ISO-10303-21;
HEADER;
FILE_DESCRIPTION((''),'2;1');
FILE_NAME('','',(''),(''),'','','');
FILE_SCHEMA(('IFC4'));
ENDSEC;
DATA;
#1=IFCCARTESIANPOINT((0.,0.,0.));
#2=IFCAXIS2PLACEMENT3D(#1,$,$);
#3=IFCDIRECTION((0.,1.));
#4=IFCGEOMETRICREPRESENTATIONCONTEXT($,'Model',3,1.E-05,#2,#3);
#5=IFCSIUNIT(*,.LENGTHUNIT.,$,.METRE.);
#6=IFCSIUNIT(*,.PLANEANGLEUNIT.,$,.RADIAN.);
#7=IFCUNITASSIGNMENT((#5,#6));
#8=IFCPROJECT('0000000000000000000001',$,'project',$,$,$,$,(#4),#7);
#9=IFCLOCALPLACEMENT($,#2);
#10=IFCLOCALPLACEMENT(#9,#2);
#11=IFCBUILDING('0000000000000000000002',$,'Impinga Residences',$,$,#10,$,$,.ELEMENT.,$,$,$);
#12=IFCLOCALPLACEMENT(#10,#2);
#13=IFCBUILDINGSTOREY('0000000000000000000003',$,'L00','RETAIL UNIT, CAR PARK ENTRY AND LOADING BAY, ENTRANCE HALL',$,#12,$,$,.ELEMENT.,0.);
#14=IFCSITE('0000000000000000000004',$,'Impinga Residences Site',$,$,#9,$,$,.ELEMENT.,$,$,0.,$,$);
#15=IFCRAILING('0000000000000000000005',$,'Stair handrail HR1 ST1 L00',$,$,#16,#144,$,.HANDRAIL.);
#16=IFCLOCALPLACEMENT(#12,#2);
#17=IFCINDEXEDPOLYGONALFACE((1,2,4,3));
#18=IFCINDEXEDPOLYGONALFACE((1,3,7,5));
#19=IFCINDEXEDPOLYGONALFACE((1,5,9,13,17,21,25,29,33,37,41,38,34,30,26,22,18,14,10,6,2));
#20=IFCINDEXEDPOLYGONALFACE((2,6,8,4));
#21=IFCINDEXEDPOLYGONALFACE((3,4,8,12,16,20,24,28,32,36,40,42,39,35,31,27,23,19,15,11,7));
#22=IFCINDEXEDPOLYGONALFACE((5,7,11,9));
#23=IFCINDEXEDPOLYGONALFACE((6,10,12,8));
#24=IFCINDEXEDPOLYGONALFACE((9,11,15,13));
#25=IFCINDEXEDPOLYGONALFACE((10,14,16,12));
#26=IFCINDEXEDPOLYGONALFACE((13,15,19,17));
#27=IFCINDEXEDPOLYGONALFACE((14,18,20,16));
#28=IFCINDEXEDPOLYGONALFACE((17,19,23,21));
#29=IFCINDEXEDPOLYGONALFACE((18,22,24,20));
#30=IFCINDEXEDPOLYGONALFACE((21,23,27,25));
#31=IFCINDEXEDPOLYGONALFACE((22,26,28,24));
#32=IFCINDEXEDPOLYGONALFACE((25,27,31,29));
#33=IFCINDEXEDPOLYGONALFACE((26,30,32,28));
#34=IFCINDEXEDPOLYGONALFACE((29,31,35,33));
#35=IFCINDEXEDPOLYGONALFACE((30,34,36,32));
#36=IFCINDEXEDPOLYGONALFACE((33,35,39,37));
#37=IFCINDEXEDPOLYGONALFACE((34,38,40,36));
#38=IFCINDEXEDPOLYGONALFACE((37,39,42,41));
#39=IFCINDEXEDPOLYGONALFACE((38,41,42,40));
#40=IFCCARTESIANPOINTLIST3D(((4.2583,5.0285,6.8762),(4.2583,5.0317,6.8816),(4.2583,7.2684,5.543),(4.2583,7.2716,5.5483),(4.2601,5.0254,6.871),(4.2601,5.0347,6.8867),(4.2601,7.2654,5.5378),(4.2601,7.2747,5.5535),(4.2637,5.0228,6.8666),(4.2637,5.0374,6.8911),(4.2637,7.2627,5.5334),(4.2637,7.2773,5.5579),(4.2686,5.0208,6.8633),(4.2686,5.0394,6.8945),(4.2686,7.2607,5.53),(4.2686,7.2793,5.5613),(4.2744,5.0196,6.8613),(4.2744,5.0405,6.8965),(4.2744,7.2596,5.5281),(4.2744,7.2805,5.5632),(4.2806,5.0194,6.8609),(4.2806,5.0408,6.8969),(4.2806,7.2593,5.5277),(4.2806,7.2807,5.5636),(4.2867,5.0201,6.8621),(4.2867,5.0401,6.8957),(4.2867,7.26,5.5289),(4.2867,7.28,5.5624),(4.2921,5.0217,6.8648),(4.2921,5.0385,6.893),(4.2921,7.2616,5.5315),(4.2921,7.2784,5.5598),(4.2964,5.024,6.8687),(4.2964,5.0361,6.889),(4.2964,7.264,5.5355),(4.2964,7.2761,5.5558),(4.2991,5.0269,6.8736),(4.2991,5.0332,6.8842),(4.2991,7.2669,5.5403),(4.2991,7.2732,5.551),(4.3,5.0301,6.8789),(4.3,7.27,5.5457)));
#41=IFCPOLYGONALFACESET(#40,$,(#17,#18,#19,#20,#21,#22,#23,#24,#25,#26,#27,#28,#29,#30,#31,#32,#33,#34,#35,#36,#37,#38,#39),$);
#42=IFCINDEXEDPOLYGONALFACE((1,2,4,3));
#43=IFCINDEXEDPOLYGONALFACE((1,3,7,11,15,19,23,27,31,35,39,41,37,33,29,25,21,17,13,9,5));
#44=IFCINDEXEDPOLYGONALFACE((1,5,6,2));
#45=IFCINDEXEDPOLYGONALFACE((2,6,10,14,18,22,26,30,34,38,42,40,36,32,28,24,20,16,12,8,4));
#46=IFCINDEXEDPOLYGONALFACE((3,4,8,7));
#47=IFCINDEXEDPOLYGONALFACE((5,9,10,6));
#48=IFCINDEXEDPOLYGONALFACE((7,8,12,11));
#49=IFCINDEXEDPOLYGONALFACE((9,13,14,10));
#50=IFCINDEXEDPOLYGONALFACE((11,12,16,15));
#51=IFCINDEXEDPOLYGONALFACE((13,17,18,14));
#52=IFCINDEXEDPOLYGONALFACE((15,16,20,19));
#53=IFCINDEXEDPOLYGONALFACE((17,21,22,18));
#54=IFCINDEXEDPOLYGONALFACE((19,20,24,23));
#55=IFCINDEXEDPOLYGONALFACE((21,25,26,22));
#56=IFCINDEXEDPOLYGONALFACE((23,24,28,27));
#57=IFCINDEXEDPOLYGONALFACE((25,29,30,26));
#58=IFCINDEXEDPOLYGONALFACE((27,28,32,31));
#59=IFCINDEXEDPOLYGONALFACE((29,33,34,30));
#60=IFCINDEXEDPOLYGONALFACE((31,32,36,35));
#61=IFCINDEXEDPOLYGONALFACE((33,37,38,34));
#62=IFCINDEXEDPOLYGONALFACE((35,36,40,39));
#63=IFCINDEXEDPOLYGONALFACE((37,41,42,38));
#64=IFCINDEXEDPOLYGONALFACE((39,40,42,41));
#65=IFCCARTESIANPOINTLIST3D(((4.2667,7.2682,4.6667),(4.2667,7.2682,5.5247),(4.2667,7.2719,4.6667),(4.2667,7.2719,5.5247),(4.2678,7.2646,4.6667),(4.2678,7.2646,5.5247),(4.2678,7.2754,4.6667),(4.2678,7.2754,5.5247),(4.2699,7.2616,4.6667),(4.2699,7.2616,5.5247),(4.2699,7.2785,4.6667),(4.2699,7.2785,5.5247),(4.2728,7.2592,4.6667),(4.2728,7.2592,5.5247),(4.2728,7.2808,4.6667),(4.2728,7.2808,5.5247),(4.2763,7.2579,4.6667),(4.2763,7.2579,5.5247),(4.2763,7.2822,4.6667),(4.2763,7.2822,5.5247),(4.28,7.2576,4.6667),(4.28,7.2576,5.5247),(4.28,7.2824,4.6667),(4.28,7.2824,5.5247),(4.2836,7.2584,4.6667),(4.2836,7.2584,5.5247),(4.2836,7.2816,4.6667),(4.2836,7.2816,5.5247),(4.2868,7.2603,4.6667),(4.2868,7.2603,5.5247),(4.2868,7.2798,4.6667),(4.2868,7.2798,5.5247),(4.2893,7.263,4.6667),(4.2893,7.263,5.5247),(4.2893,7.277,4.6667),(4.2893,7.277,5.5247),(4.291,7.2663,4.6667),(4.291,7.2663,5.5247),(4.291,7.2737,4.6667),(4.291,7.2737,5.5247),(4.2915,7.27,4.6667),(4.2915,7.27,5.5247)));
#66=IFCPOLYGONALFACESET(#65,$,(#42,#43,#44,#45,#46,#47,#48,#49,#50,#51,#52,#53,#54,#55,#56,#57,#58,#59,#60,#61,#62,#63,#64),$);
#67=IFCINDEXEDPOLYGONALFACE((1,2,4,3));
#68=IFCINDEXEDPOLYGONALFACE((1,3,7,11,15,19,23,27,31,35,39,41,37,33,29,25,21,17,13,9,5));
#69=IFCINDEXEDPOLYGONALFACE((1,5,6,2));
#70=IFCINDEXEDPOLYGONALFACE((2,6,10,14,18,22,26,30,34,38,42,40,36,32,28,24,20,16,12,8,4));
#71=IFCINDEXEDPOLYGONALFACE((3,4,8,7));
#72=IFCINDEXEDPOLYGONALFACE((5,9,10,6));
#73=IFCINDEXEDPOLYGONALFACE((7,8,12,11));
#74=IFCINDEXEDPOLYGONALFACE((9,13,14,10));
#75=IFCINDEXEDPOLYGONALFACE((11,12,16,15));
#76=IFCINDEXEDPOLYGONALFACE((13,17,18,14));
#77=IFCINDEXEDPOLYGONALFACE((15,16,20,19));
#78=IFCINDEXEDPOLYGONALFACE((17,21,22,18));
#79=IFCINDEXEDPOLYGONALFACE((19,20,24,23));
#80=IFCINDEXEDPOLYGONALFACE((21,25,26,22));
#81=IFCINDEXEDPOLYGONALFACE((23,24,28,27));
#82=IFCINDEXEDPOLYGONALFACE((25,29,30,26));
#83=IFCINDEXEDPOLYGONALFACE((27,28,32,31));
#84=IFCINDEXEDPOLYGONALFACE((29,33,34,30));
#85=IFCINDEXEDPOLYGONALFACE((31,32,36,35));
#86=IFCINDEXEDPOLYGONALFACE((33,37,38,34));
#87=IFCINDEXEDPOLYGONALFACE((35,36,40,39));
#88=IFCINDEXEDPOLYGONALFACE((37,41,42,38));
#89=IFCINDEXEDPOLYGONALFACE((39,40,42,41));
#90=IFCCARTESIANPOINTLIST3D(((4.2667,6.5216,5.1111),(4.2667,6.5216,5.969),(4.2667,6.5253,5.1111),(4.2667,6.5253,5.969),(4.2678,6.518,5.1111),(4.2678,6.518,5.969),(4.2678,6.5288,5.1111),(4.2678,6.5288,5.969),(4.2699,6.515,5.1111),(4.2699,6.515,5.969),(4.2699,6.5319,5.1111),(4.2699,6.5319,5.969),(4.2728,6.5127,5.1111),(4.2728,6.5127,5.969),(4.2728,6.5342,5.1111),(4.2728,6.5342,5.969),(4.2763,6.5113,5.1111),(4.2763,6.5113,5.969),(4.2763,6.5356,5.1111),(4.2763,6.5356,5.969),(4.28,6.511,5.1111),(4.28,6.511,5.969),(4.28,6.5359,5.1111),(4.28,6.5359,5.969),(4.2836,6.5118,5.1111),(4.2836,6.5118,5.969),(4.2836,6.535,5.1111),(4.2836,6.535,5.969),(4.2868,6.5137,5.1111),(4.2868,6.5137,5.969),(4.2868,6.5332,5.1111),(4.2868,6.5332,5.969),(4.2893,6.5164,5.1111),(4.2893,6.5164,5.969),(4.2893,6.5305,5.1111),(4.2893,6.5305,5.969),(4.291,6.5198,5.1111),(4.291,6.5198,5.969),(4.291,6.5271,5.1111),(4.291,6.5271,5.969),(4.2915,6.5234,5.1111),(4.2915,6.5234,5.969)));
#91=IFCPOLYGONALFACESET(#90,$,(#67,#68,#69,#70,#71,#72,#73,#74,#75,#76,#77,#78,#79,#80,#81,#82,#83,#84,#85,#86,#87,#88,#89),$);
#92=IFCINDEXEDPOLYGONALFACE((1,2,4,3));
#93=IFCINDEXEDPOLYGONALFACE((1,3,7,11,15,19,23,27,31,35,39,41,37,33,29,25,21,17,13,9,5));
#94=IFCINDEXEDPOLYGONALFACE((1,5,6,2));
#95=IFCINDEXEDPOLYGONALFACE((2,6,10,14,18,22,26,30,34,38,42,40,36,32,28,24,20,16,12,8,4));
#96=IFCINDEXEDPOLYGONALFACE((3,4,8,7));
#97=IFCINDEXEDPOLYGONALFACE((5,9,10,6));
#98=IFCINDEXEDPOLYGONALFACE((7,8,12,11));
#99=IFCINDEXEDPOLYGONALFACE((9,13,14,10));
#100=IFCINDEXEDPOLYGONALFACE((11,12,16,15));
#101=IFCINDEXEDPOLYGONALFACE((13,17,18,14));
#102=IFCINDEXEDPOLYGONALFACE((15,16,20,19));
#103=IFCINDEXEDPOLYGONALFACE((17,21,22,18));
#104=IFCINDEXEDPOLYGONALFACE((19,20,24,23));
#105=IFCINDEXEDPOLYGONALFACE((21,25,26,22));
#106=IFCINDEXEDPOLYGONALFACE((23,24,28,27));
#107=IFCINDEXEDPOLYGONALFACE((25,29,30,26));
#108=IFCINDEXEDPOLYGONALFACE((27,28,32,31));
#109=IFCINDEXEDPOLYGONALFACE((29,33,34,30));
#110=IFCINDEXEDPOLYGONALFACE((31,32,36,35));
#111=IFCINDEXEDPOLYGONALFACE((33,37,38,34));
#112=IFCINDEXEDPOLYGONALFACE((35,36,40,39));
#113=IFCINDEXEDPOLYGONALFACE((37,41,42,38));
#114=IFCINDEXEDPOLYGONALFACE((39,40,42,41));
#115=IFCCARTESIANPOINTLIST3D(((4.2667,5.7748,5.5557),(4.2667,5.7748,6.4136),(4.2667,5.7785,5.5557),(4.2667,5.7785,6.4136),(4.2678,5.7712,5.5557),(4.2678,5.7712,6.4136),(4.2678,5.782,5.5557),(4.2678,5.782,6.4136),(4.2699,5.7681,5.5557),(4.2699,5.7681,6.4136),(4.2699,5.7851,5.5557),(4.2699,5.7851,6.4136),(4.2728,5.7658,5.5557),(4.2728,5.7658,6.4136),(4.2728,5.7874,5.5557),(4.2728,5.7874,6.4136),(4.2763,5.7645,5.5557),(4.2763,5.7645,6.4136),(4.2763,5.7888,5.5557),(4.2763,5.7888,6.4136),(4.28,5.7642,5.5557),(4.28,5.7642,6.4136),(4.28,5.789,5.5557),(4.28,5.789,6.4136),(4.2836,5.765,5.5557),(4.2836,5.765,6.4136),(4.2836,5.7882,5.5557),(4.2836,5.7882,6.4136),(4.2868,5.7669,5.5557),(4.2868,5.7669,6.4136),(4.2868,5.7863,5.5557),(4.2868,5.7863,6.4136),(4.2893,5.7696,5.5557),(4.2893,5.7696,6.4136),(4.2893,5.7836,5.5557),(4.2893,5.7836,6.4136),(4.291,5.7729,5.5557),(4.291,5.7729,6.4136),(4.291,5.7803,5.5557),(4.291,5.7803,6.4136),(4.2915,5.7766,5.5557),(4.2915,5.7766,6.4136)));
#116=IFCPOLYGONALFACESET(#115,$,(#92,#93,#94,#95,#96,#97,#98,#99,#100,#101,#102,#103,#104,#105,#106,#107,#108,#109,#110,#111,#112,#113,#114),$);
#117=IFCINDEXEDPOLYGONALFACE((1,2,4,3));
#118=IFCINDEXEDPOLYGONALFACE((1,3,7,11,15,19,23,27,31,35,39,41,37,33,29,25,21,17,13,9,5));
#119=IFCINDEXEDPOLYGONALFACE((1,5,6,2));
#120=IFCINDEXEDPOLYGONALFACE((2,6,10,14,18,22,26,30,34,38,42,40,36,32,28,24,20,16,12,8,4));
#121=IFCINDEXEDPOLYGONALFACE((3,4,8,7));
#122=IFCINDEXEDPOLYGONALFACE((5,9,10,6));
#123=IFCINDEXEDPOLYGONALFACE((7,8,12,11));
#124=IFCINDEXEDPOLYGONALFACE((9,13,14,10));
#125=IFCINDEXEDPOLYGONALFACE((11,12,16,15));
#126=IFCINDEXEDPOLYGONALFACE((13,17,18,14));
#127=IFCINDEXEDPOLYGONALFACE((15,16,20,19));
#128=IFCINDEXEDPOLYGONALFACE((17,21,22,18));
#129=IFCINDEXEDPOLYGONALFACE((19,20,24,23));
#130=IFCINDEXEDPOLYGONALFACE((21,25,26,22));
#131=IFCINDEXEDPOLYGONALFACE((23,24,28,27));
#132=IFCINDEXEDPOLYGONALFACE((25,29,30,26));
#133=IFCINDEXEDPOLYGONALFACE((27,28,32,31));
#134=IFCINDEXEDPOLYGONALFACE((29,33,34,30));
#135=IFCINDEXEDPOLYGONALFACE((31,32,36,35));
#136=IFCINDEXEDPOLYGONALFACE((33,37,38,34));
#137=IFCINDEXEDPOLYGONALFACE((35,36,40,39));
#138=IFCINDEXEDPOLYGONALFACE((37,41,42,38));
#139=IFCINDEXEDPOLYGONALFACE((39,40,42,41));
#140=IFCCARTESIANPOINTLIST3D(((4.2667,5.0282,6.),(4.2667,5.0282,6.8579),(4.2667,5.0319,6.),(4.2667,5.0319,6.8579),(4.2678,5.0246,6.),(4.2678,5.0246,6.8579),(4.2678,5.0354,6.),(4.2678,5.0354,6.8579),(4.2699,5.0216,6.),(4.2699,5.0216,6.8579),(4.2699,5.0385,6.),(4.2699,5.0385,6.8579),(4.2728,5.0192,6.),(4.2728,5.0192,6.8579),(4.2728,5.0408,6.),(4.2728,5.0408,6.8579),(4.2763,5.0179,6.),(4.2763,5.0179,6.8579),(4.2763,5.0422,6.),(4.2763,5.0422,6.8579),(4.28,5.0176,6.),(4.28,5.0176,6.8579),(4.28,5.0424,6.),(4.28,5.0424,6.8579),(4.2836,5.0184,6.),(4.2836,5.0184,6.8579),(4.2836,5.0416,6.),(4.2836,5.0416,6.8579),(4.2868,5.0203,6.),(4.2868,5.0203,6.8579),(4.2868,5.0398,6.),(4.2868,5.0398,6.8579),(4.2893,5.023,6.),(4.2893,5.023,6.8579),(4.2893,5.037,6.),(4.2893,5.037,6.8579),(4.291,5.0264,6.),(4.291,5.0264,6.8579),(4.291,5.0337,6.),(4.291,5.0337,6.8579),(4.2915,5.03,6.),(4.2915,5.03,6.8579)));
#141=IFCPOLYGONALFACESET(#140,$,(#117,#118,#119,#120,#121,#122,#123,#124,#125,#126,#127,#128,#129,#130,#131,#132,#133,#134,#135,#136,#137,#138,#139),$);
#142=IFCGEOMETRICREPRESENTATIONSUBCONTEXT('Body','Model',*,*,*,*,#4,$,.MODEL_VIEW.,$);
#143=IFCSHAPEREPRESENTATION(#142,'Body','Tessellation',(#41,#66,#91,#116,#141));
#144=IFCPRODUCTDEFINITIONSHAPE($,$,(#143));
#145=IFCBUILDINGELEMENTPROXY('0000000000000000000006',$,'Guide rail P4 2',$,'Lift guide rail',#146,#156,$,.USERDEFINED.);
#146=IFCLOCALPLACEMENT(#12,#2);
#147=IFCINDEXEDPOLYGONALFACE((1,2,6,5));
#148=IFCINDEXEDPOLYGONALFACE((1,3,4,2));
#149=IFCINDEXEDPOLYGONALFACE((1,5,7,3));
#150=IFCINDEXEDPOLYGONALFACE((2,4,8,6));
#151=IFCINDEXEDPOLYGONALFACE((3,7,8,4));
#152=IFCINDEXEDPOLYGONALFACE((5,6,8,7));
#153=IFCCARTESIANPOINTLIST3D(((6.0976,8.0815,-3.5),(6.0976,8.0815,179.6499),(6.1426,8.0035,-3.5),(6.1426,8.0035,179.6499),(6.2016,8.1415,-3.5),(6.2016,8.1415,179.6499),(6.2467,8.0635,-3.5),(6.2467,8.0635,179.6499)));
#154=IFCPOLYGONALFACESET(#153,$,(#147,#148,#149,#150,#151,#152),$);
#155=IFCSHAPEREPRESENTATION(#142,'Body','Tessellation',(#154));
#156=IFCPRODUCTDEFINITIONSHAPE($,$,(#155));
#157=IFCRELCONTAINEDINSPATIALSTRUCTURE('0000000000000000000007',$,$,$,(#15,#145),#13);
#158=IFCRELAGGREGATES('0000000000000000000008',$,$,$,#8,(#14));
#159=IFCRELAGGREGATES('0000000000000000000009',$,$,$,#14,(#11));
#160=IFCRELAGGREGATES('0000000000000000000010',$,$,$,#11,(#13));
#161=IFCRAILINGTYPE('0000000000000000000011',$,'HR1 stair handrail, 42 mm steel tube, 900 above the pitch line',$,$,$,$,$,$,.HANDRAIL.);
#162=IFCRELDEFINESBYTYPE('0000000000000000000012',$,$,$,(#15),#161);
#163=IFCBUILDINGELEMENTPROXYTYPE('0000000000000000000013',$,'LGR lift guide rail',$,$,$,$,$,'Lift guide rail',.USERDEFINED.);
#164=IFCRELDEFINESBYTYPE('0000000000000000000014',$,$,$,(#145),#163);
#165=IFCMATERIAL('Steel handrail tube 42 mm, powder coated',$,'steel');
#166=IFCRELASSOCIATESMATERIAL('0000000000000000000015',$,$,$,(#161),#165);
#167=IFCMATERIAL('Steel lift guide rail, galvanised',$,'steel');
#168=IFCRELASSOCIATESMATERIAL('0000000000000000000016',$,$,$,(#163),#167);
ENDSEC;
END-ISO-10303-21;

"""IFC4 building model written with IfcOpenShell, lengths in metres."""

from ifc_helpers import new_model, si_unit, direction, frame, origin, origin_2d, place, context, subcontext, project, spatial, rectangle, circle, extrude, material, type_object, element, save


model = new_model("IFC4")

# Units and contexts
model_context = context("Model", 3, precision=1e-05, world=origin(), true_north=direction((0.0, 1.0)))
body_context = subcontext(model_context, "Body", "Model", "MODEL_VIEW")
ifc_project = project(units=[si_unit("LENGTHUNIT", "METRE"), si_unit("PLANEANGLEUNIT", "RADIAN")], contexts=[model_context])

# Site, building, storey
site_placement = place(None, origin())
site = spatial("IfcSite", under=ifc_project, at=site_placement, Name="Impinga Residences Site", CompositionType="ELEMENT", RefElevation=0.0)
building_placement = place(site_placement, origin())
building = spatial("IfcBuilding", under=site, at=building_placement, Name="Impinga Residences", CompositionType="ELEMENT")
storey_placement = place(building_placement, origin())
storey = spatial("IfcBuildingStorey", under=building, at=storey_placement, Name="L00", Description="RETAIL UNIT, CAR PARK ENTRY AND LOADING BAY, ENTRANCE HALL", CompositionType="ELEMENT", Elevation=0.0)

# Railing
ifc_material_1 = material(Name="Steel handrail tube 42 mm, powder coated", Category="steel")
railing_type_1 = type_object("IfcRailingType", Name="HR1 stair handrail, 42 mm steel tube, 900 above the pitch line", PredefinedType="HANDRAIL", material=ifc_material_1)
for number, where, name in (
    (1, (4.2791, 7.27, 4.6667), "Stair handrail HR1 ST1 L00"),
):
    element("IfcRailing", number, at=place(storey_placement, frame(where)), inside=storey, type_object=railing_type_1, Name=name, PredefinedType="HANDRAIL", context=body_context, shape_type="SweptSolid", body=[
        extrude(circle(Radius=0.021, at=origin_2d()), frame((0.0, 0.0, 0.8789), z_axis=(0.0, -0.859306, 0.511462), x_axis=(1.0, 0.0, 0.0)), (0.0, 0.0, 1.0), 2.6067),
        extrude(circle(Radius=0.0125, at=origin_2d()), origin(), (0.0, 0.0, 1.0), 0.8579),
        extrude(circle(Radius=0.0125, at=origin_2d()), frame((0.0, -0.7466, 0.4443)), (0.0, 0.0, 1.0), 0.8579),
        extrude(circle(Radius=0.0125, at=origin_2d()), frame((0.0, -1.4934, 0.8889)), (0.0, 0.0, 1.0), 0.8579),
        extrude(circle(Radius=0.0125, at=origin_2d()), frame((0.0, -2.24, 1.3333)), (0.0, 0.0, 1.0), 0.8579),
    ])

# Building element proxy
ifc_material_2 = material(Name="Steel lift guide rail, galvanised", Category="steel")
building_element_proxy_type = type_object("IfcBuildingElementProxyType", Name="LGR lift guide rail", ElementType="Lift guide rail", PredefinedType="USERDEFINED", material=ifc_material_2)
proxy_placement = place(storey_placement, frame((6.1721, 8.0725, -3.5), z_axis=(0.0, 0.0, 1.0), x_axis=(-0.5, 0.866025, 0.0)))
element("IfcBuildingElementProxy", 2, at=proxy_placement, inside=storey, type_object=building_element_proxy_type, Name="Guide rail P4 2", ObjectType="Lift guide rail", PredefinedType="USERDEFINED", context=body_context, shape_type="SweptSolid", body=[
    extrude(rectangle(XDim=0.0901, YDim=0.1201, at=origin_2d()), origin(), (0.0, 0.0, 1.0), 183.1499),
])

save(model, "model.ifc")
